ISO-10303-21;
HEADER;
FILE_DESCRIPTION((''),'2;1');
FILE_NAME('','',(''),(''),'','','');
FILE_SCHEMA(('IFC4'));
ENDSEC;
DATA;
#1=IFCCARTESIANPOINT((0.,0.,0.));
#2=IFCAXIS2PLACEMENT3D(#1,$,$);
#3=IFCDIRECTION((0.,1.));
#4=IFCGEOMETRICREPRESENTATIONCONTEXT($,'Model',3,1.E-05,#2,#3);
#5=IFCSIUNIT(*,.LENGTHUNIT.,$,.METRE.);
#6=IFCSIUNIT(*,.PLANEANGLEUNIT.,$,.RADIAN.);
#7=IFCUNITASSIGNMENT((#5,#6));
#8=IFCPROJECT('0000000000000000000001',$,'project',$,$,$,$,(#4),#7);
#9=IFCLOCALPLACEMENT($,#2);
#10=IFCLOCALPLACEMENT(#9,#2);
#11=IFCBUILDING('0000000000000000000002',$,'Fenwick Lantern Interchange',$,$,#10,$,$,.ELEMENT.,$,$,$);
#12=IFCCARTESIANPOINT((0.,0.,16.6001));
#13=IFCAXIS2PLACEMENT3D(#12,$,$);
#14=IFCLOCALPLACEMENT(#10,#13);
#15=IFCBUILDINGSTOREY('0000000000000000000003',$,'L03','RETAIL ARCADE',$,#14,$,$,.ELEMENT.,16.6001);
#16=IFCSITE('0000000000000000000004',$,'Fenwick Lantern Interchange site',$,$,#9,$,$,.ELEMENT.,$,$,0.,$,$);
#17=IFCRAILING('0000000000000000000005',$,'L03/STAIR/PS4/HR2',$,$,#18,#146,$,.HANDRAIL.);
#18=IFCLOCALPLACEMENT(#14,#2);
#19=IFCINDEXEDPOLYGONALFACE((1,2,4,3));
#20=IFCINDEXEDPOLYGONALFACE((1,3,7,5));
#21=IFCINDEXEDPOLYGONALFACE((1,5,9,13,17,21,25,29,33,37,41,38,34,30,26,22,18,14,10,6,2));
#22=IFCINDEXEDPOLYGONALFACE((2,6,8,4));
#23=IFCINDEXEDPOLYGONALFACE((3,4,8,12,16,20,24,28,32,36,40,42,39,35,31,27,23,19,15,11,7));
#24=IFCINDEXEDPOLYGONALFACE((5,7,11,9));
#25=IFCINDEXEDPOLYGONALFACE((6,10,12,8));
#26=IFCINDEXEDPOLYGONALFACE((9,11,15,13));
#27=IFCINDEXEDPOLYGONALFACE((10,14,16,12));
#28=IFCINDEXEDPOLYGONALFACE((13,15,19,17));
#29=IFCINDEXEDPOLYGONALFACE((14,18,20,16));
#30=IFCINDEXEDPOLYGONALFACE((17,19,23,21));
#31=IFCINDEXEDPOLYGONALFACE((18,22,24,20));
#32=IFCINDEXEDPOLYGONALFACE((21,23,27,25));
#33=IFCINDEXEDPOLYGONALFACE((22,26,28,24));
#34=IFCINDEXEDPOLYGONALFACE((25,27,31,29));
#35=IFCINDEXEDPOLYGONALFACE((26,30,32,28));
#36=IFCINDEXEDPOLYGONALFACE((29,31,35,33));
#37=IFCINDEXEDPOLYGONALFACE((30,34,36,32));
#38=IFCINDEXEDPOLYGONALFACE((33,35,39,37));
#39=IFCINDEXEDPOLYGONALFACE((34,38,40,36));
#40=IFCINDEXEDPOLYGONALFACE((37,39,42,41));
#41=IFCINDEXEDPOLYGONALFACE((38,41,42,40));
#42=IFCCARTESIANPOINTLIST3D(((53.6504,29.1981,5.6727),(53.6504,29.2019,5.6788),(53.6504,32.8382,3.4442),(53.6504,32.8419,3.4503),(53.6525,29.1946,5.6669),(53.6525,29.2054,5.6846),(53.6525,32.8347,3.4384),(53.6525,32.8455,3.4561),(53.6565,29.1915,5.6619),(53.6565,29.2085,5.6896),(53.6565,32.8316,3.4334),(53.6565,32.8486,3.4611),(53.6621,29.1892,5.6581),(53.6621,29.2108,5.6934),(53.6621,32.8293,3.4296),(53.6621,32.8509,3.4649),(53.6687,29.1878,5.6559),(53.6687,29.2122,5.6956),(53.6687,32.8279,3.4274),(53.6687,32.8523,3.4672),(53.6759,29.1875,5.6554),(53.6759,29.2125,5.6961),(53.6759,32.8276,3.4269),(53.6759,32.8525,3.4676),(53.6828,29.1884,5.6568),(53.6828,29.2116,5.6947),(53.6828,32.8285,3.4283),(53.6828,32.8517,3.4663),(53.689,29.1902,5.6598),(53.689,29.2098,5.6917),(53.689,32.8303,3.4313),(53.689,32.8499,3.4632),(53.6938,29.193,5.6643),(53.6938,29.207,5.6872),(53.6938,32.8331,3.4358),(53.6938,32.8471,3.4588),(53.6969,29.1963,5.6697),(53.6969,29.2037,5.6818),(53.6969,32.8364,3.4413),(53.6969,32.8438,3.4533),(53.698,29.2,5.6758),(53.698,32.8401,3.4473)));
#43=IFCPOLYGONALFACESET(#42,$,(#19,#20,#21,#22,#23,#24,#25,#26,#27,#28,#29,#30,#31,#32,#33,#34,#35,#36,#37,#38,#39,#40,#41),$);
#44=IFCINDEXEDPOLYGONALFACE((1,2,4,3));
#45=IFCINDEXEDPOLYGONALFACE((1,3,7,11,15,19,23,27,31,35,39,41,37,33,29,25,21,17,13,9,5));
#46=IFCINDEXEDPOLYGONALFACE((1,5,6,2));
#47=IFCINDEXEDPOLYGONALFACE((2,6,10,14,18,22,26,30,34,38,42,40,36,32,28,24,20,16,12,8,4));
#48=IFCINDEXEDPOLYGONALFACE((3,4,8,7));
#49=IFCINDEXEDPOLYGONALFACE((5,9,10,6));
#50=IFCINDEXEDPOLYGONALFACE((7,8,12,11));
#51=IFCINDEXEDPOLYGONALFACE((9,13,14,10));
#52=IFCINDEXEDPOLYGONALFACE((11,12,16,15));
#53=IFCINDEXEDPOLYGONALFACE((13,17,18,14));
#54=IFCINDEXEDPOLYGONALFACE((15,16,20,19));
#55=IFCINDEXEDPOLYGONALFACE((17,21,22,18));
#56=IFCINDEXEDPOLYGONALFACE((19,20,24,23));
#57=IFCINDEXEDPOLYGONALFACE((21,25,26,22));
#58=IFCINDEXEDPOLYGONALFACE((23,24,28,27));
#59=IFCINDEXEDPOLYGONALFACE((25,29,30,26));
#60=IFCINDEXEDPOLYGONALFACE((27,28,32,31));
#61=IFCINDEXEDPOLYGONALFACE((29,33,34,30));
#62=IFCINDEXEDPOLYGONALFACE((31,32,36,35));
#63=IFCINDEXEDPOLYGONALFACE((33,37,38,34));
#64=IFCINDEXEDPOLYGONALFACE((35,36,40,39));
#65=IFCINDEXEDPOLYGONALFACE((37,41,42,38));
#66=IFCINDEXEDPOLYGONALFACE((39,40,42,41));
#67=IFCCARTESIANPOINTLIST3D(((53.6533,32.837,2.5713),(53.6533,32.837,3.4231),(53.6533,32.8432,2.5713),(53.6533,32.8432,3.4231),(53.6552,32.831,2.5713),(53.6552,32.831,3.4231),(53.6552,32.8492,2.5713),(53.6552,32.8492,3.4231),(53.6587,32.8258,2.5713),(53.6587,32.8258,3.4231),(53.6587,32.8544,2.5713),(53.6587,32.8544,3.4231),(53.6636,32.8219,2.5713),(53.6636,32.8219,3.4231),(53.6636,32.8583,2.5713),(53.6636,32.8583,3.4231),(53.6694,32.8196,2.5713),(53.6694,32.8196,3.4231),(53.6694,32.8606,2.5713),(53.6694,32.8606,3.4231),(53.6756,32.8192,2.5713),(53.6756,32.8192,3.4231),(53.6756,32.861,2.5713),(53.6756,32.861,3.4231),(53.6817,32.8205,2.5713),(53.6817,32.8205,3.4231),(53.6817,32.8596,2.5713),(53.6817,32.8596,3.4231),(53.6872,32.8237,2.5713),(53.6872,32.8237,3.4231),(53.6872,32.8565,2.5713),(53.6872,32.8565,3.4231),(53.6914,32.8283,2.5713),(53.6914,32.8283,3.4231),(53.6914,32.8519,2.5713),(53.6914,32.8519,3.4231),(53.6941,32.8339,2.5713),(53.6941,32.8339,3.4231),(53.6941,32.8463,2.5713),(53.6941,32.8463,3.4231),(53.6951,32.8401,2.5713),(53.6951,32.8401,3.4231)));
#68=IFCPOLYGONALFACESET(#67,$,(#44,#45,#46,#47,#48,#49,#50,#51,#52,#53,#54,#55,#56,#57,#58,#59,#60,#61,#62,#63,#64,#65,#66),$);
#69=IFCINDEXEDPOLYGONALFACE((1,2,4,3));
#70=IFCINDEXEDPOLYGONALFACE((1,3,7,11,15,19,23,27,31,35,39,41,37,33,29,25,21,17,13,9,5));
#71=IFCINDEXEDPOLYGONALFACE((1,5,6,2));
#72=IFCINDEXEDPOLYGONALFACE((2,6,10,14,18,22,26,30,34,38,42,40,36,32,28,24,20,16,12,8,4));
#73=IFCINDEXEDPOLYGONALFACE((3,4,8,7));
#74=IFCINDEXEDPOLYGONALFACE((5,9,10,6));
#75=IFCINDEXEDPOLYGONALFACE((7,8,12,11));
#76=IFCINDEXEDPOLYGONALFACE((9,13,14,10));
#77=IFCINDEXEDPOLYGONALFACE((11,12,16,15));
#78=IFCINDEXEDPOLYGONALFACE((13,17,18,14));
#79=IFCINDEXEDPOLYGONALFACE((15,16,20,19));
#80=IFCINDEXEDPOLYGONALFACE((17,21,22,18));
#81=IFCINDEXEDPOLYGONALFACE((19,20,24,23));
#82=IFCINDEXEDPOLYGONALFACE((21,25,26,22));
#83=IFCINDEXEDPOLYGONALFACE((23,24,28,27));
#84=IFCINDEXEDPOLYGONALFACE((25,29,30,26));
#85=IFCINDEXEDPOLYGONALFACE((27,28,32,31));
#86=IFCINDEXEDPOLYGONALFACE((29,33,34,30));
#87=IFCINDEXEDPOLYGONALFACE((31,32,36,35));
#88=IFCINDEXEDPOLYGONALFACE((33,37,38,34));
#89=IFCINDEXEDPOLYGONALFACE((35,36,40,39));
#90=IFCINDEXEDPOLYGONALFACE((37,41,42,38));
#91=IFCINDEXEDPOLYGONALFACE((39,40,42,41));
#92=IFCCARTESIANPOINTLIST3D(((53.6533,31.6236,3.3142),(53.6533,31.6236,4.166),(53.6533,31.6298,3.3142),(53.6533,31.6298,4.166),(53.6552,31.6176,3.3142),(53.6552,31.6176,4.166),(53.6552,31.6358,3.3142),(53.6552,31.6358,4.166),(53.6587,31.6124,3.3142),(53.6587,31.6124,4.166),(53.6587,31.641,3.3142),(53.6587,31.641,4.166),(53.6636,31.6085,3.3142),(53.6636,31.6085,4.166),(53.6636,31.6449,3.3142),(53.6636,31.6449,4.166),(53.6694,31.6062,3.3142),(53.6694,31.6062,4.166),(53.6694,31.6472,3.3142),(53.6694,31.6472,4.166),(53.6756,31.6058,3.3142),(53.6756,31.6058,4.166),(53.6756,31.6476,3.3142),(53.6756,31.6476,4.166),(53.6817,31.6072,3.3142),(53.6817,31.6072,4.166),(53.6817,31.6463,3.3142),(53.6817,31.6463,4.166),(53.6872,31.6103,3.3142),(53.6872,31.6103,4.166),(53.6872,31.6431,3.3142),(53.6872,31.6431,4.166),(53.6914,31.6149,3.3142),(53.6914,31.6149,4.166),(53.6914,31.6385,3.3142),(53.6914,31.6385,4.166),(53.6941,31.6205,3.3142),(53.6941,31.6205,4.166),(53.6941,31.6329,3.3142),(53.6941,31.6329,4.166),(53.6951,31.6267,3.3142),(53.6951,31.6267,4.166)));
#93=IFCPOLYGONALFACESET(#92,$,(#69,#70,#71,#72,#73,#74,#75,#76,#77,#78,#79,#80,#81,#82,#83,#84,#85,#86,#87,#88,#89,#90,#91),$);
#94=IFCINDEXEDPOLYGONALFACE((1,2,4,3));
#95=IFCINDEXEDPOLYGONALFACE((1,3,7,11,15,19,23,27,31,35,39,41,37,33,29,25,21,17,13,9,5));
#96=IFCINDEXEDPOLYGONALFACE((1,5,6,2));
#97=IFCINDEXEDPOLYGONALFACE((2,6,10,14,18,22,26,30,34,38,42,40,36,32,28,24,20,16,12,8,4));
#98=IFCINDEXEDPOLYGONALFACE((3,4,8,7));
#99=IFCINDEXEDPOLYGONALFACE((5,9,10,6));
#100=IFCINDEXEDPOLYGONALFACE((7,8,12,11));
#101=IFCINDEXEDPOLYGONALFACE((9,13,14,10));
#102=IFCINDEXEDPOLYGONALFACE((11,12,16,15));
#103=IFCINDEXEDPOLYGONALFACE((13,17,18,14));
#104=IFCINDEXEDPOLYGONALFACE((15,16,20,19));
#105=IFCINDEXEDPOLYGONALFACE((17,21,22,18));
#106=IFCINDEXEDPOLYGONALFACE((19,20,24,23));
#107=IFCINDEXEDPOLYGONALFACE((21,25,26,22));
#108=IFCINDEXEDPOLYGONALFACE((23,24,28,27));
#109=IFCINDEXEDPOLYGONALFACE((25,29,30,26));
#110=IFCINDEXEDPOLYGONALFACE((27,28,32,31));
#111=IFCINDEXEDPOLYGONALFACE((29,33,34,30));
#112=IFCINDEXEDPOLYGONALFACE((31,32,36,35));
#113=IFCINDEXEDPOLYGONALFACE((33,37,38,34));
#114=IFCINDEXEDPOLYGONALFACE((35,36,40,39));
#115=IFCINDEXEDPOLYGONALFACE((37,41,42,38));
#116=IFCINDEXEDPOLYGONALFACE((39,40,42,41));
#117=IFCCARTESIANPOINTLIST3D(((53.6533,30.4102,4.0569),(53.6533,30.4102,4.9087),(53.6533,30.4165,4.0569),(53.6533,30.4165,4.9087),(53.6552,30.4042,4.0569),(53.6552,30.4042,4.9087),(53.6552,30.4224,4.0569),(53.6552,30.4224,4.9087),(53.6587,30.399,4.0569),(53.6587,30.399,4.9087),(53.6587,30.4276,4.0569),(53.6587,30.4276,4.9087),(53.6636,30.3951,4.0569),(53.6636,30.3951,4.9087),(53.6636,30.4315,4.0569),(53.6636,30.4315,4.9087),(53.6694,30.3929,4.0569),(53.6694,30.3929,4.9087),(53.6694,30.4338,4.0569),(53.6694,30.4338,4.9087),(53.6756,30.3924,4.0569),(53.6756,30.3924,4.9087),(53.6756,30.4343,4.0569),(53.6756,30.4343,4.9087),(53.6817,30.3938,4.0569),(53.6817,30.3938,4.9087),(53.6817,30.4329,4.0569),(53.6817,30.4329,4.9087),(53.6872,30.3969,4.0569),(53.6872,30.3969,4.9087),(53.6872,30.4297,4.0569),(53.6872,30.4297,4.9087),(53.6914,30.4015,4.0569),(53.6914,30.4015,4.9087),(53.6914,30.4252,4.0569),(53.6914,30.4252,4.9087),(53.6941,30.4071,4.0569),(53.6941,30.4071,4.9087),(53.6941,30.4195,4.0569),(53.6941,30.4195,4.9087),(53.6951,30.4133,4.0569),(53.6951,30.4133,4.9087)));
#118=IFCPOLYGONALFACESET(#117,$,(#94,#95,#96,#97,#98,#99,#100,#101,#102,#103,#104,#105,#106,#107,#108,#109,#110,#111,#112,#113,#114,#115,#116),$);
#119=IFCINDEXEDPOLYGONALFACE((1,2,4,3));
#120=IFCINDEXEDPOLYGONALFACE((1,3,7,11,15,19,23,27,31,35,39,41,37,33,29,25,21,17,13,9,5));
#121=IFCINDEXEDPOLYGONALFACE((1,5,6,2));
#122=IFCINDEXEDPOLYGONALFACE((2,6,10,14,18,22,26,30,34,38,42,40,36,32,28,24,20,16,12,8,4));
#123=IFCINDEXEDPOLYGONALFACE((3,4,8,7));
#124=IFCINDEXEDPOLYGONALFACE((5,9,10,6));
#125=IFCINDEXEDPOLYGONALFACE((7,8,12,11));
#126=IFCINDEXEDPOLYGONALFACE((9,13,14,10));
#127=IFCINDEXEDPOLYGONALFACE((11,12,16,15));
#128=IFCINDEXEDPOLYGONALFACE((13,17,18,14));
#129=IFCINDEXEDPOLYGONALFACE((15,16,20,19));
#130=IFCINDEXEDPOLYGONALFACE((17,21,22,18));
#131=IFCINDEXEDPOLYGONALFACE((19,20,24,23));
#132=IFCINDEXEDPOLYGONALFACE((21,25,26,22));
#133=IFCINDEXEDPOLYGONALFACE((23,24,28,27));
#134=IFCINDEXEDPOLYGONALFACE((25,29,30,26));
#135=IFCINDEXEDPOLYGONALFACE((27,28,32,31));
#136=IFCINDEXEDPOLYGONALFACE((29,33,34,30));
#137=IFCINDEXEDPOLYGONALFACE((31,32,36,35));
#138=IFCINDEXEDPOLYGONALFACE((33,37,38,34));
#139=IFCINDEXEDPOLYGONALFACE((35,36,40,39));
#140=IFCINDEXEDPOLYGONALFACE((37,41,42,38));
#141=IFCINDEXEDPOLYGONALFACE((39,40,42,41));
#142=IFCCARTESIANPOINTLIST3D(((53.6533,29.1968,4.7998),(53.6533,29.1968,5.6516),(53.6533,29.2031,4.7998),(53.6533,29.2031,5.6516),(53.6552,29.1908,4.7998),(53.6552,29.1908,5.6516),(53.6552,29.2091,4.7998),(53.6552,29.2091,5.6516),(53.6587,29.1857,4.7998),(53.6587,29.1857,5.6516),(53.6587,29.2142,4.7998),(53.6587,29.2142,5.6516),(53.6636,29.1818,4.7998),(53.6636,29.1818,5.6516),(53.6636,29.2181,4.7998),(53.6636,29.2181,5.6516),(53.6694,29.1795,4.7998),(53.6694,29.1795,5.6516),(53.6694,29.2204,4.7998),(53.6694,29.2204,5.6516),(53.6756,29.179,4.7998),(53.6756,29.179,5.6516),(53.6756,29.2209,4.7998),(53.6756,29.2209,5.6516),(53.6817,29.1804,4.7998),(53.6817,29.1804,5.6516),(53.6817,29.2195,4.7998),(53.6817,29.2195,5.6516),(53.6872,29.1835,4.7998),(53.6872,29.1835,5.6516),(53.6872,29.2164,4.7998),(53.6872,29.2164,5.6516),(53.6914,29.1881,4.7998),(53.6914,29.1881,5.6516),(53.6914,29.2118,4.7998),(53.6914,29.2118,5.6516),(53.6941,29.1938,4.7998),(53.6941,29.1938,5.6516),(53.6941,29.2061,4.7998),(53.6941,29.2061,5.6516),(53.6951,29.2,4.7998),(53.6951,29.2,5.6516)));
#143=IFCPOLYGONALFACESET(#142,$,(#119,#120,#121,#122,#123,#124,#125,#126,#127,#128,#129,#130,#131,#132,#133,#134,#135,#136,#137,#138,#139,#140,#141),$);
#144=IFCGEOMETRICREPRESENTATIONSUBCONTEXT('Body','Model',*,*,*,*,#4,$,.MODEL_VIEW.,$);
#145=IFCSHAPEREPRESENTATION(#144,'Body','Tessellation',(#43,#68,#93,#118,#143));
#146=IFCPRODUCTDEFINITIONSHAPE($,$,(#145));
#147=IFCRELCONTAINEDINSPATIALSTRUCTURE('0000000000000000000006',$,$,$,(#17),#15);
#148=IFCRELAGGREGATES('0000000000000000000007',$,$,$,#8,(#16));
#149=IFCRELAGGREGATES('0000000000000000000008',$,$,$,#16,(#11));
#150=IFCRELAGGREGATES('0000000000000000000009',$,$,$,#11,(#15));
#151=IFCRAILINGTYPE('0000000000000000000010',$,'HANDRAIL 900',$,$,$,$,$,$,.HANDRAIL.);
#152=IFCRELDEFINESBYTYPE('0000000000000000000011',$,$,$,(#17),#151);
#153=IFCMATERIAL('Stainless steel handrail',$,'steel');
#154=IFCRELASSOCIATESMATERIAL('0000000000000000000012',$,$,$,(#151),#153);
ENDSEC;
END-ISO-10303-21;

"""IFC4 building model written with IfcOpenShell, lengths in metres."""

from ifc_helpers import new_model, si_unit, direction, frame, origin, origin_2d, place, context, subcontext, project, spatial, circle, extrude, material, type_object, element, save


model = new_model("IFC4")

# Units and contexts
model_context = context("Model", 3, precision=1e-05, world=origin(), true_north=direction((0.0, 1.0)))
body_context = subcontext(model_context, "Body", "Model", "MODEL_VIEW")
ifc_project = project(units=[si_unit("LENGTHUNIT", "METRE"), si_unit("PLANEANGLEUNIT", "RADIAN")], contexts=[model_context])

# Site, building, storey
site_placement = place(None, origin())
site = spatial("IfcSite", under=ifc_project, at=site_placement, Name="Fenwick Lantern Interchange site", CompositionType="ELEMENT", RefElevation=0.0)
building_placement = place(site_placement, origin())
building = spatial("IfcBuilding", under=site, at=building_placement, Name="Fenwick Lantern Interchange", CompositionType="ELEMENT")
storey_placement = place(building_placement, frame((0.0, 0.0, 16.6001)))
storey = spatial("IfcBuildingStorey", under=building, at=storey_placement, Name="L03", Description="RETAIL ARCADE", CompositionType="ELEMENT", Elevation=16.6001)

# Railing
ifc_material_1 = material(Name="Stainless steel handrail", Category="steel")
railing_type = type_object("IfcRailingType", Name="HANDRAIL 900", PredefinedType="HANDRAIL", material=ifc_material_1)
railing_1_placement = place(storey_placement, frame((53.6741, 32.8401, 2.5713)))
element("IfcRailing", 1, at=railing_1_placement, inside=storey, type_object=railing_type, Name="L03/STAIR/PS4/HR2", PredefinedType="HANDRAIL", context=body_context, shape_type="SweptSolid", body=[
    extrude(circle(Radius=0.0239, at=origin_2d()), frame((0.0, 0.0, 0.876), z_axis=(0.0, -0.852866, 0.52213), x_axis=(1.0, 0.0, 0.0)), (0.0, 0.0, 1.0), 4.2681),
    extrude(circle(Radius=0.021, at=origin_2d()), origin(), (0.0, 0.0, 1.0), 0.8518),
    extrude(circle(Radius=0.021, at=origin_2d()), frame((0.0, -1.2134, 0.7429)), (0.0, 0.0, 1.0), 0.8518),
    extrude(circle(Radius=0.021, at=origin_2d()), frame((0.0, -2.4268, 1.4856)), (0.0, 0.0, 1.0), 0.8518),
    extrude(circle(Radius=0.021, at=origin_2d()), frame((0.0, -3.6401, 2.2285)), (0.0, 0.0, 1.0), 0.8518),
])

save(model, "model.ifc")
